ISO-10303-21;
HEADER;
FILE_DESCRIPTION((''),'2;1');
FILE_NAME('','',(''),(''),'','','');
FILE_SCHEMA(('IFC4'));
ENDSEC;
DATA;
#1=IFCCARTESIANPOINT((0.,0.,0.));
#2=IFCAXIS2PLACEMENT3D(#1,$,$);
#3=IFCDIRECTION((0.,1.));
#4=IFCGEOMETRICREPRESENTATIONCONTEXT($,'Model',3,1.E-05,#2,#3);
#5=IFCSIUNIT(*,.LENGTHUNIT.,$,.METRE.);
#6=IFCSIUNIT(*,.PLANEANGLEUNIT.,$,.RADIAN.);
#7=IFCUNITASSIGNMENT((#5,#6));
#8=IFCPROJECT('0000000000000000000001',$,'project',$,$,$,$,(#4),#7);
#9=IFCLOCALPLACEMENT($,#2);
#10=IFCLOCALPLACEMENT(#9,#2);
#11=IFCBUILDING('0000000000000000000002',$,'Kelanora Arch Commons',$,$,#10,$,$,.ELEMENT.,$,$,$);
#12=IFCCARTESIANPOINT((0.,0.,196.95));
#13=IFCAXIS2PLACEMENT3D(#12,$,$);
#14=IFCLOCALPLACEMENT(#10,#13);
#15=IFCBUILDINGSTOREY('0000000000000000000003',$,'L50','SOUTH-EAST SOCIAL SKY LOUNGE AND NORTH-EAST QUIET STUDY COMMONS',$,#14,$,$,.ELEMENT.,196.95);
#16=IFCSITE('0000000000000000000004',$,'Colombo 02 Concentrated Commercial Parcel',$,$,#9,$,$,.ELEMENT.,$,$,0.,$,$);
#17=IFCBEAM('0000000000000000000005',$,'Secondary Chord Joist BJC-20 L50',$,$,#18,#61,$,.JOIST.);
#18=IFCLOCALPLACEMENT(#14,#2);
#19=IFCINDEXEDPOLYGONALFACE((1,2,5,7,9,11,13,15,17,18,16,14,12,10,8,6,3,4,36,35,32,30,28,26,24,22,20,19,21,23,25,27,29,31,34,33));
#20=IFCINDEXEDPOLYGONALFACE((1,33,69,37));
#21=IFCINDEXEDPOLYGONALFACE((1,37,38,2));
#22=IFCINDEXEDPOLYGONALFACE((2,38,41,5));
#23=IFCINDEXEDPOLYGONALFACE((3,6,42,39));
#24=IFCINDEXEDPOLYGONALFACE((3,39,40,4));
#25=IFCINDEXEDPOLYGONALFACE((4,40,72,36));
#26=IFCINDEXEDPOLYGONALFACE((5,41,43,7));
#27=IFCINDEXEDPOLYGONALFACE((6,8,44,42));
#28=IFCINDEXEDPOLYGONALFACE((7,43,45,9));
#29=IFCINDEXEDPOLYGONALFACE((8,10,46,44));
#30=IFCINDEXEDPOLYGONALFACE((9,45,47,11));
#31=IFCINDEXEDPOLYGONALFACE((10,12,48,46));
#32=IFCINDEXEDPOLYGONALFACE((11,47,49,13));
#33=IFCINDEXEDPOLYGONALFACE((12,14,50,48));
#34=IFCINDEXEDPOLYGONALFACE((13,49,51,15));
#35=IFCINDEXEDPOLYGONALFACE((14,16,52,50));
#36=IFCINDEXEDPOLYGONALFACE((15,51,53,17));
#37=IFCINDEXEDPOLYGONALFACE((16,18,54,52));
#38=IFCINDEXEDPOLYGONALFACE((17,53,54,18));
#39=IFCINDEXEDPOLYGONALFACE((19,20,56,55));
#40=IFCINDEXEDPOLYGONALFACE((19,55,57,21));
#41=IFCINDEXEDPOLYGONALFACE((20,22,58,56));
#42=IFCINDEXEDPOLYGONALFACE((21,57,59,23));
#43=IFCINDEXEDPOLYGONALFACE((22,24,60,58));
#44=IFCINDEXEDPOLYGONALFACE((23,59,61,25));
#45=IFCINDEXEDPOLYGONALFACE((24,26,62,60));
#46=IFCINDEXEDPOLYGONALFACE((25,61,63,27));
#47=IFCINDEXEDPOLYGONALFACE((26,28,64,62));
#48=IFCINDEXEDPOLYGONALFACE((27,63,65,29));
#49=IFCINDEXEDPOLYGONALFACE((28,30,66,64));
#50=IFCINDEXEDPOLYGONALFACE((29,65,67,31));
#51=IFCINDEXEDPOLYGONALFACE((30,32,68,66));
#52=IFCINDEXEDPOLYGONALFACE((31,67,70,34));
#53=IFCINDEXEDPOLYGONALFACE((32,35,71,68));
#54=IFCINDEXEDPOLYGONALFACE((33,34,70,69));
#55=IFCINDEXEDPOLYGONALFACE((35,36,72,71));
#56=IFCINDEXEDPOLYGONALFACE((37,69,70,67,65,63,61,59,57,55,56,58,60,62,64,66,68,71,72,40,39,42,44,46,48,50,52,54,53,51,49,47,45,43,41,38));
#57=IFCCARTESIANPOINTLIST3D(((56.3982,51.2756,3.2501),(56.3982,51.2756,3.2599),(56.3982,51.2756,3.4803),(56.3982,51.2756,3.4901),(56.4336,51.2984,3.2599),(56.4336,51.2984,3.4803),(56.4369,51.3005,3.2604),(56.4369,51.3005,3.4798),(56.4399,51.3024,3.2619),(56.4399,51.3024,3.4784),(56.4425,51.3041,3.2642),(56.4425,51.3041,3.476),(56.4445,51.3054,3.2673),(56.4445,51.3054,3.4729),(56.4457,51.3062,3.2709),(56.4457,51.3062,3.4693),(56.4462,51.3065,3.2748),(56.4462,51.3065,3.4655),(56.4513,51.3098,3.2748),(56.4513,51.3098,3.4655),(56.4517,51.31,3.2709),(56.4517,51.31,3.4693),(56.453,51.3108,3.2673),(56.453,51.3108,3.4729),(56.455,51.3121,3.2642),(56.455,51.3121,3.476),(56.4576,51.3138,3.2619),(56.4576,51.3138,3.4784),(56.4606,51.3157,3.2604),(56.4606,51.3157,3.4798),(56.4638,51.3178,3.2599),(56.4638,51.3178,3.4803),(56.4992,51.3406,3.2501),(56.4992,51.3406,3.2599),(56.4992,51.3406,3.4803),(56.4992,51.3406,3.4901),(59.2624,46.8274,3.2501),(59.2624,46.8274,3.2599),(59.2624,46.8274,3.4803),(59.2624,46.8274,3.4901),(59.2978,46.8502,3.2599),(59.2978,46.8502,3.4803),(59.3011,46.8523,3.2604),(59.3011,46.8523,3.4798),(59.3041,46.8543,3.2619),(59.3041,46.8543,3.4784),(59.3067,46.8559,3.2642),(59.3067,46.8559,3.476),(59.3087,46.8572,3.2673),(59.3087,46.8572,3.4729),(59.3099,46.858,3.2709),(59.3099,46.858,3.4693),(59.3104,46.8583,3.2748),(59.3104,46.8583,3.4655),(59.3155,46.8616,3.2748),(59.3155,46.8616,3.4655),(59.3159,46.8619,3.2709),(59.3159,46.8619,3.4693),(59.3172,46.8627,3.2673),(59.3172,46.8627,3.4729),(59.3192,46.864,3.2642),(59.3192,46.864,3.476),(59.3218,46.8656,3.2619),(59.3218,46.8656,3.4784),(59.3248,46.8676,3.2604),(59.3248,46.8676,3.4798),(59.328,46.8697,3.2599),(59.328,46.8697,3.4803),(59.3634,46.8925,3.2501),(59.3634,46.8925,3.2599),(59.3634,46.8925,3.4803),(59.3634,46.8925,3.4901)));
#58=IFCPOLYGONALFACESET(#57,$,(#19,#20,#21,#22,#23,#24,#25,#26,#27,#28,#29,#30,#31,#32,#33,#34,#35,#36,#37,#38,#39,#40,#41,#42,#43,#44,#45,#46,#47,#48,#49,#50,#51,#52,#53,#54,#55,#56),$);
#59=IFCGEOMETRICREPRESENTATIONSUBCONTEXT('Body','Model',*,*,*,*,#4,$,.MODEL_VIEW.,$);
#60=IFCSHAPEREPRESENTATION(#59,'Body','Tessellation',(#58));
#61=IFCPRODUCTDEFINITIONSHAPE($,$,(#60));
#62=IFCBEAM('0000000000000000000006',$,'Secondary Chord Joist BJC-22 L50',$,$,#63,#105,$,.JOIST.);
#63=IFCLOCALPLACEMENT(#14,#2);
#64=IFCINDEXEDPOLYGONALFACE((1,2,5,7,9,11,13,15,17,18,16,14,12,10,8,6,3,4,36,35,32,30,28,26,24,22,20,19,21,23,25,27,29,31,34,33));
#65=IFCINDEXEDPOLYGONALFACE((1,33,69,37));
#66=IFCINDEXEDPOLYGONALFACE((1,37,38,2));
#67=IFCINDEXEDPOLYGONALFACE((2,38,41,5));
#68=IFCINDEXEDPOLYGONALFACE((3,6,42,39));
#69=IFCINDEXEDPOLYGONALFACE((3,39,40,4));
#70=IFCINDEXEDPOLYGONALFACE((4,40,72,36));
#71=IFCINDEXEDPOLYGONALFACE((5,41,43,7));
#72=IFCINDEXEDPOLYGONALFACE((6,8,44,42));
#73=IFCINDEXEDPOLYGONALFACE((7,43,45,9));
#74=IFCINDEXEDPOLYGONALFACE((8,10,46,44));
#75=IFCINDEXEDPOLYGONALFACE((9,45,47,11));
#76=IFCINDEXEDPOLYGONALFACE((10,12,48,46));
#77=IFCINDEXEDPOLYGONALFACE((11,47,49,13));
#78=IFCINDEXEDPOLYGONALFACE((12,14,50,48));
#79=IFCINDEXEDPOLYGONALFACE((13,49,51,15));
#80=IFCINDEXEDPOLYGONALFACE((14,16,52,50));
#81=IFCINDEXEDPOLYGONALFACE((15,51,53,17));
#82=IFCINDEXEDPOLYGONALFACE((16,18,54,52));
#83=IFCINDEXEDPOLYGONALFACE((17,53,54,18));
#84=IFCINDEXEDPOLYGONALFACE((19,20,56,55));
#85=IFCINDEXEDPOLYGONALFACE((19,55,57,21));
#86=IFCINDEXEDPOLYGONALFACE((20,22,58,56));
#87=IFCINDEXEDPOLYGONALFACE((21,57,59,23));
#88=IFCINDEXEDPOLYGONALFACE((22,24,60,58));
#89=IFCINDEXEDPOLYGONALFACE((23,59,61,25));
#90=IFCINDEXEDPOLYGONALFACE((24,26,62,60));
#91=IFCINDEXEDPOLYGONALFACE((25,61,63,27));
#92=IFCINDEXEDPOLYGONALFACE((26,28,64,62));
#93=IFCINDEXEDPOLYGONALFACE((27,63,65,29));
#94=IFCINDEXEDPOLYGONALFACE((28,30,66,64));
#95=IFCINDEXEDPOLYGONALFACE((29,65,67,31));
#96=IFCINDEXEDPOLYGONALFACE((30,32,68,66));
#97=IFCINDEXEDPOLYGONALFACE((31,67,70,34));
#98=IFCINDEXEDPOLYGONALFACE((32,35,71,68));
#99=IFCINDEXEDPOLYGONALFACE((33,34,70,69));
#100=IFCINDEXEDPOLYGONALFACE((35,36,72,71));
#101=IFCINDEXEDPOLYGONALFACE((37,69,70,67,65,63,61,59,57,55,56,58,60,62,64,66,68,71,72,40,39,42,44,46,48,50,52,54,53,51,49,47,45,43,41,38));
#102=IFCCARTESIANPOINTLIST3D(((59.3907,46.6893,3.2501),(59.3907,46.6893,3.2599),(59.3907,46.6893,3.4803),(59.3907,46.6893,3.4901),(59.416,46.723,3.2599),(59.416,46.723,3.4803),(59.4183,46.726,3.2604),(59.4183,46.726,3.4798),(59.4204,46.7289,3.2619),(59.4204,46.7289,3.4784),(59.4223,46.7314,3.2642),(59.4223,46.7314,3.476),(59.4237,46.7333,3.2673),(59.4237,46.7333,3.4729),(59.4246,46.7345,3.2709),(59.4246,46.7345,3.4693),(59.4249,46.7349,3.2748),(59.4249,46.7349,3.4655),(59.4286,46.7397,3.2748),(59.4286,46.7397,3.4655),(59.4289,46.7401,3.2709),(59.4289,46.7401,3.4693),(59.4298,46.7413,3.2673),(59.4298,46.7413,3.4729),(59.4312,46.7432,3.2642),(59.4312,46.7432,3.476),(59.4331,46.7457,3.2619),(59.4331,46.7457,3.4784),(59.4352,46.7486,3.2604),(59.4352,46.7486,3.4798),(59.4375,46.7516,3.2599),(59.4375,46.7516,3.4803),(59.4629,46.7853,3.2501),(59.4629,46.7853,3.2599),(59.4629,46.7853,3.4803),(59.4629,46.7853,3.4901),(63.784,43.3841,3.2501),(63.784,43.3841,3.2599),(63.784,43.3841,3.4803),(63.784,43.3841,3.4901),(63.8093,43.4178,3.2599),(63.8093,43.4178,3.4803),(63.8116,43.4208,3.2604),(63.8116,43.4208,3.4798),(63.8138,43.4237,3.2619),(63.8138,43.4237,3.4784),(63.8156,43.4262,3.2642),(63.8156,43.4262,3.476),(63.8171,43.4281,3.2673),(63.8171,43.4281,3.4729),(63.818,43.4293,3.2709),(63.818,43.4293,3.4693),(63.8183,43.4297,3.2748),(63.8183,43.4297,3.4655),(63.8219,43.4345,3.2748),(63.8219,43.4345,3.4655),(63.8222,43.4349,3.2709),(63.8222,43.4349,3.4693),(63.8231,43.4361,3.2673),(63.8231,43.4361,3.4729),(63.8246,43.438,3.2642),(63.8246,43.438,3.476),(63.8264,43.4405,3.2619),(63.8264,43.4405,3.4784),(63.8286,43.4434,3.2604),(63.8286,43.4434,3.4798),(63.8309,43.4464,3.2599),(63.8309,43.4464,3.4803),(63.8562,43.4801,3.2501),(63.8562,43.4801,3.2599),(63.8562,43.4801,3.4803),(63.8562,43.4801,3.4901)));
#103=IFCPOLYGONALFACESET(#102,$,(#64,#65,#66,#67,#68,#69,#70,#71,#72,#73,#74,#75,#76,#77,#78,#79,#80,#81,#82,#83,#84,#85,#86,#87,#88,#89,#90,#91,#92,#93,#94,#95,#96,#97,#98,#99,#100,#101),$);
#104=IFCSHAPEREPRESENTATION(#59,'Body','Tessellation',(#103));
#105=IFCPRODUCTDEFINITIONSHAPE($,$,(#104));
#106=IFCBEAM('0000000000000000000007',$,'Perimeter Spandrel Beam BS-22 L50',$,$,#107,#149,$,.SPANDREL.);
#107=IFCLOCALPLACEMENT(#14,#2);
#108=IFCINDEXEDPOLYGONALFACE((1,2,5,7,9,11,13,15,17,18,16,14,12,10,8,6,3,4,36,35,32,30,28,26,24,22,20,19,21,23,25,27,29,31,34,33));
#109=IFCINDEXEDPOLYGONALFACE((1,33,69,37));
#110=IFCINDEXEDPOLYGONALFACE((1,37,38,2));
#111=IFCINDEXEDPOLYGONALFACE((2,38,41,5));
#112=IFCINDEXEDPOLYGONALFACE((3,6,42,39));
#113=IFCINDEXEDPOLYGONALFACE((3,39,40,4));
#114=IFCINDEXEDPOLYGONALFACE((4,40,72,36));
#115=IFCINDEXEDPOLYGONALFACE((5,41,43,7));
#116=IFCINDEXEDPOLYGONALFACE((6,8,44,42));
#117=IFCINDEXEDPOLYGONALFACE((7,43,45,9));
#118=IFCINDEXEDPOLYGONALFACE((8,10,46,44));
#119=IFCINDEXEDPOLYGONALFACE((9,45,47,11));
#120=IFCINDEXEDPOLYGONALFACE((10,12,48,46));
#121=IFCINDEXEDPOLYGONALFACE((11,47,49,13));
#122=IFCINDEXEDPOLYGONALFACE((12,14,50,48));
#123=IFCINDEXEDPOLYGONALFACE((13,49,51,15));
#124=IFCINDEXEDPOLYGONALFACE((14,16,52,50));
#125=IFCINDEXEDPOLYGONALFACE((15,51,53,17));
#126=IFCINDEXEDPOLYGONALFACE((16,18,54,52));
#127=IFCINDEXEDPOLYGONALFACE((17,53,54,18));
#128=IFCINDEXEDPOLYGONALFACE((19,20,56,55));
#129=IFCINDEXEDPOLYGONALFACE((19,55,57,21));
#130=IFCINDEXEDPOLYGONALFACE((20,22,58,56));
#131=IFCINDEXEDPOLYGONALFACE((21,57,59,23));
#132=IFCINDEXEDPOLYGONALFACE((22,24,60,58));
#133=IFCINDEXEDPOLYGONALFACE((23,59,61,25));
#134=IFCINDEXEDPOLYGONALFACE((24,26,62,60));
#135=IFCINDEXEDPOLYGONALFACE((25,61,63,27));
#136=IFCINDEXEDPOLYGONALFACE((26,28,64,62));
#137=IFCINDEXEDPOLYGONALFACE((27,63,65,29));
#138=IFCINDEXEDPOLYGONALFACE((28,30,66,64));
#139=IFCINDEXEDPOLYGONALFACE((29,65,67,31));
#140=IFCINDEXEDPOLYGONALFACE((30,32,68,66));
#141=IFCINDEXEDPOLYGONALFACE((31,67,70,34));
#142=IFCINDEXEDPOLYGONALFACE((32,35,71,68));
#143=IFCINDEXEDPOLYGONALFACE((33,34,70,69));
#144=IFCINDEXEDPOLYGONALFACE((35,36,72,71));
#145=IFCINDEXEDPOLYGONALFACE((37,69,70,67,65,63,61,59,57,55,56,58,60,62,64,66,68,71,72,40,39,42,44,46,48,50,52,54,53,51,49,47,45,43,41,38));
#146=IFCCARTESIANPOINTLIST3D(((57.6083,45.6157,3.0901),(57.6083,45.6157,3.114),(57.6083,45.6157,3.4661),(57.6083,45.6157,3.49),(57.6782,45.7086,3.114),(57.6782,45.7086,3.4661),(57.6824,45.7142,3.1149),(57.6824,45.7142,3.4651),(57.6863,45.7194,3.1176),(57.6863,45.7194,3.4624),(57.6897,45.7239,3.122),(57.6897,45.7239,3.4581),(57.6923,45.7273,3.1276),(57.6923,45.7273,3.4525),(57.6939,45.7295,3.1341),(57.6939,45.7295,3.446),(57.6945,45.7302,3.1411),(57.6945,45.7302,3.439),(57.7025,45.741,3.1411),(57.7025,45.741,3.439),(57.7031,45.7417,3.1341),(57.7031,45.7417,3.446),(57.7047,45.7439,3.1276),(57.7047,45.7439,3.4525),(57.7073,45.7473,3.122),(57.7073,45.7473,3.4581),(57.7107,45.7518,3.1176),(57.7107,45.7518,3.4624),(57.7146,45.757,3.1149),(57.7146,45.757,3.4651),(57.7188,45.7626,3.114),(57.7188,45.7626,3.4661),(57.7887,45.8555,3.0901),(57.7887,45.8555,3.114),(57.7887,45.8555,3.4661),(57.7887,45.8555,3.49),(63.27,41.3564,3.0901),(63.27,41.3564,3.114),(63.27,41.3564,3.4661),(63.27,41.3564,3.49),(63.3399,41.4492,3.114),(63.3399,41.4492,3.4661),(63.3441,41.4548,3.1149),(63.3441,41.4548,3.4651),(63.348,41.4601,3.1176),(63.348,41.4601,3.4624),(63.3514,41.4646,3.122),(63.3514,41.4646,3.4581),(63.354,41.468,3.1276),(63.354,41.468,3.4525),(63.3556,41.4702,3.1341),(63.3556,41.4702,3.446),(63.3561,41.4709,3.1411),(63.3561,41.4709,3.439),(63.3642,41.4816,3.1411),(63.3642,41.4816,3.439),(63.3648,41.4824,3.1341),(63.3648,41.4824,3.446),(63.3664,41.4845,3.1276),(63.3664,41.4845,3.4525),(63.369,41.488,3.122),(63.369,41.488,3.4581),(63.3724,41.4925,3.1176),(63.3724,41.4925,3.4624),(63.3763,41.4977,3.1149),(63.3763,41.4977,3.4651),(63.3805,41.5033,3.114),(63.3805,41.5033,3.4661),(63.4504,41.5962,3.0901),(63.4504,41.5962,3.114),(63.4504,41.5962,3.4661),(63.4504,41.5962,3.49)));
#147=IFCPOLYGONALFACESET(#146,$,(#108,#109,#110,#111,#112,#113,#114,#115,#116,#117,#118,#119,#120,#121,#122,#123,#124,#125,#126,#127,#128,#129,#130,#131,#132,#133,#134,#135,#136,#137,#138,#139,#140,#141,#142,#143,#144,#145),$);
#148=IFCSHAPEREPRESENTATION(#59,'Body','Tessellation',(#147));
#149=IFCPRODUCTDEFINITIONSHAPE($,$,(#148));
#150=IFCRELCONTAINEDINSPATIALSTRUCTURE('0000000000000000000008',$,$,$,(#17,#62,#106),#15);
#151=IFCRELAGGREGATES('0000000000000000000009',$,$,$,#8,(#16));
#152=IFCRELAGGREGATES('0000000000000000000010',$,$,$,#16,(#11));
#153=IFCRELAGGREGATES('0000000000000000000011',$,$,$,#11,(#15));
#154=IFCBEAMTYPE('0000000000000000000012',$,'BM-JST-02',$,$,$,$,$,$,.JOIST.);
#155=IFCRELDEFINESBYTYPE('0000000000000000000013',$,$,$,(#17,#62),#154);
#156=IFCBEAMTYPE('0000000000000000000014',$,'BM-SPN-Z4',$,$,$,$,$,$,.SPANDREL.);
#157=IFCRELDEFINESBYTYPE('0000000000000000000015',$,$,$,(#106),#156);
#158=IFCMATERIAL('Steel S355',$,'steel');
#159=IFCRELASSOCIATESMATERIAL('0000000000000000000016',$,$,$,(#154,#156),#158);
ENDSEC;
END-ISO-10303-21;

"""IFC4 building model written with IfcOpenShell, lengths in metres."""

from ifc_helpers import new_model, si_unit, direction, frame, origin, origin_2d, place, context, subcontext, project, spatial, i_section, extrude, material, material_profile, profile_set, type_object, element, save


model = new_model("IFC4")

# Units and contexts
model_context = context("Model", 3, precision=1e-05, world=origin(), true_north=direction((0.0, 1.0)))
body_context = subcontext(model_context, "Body", "Model", "MODEL_VIEW")
ifc_project = project(units=[si_unit("LENGTHUNIT", "METRE"), si_unit("PLANEANGLEUNIT", "RADIAN")], contexts=[model_context])

# Site, building, storey
site_placement = place(None, origin())
site = spatial("IfcSite", under=ifc_project, at=site_placement, Name="Colombo 02 Concentrated Commercial Parcel", CompositionType="ELEMENT", RefElevation=0.0)
building_placement = place(site_placement, origin())
building = spatial("IfcBuilding", under=site, at=building_placement, Name="Kelanora Arch Commons", CompositionType="ELEMENT")
storey_placement = place(building_placement, frame((0.0, 0.0, 196.95)))
storey = spatial("IfcBuildingStorey", under=building, at=storey_placement, Name="L50", Description="SOUTH-EAST SOCIAL SKY LOUNGE AND NORTH-EAST QUIET STUDY COMMONS", CompositionType="ELEMENT", Elevation=196.95)

# Beams
ifc_material_1 = material(Name="Steel S355", Category="steel")
ifc_material_profile_1 = material_profile(ifc_material_1, i_section(OverallWidth=0.1201, OverallDepth=0.24, WebThickness=0.0061, FlangeThickness=0.0098, FilletRadius=0.0149, at=origin_2d()), Name="IPE240")
ifc_profile_set_1 = profile_set([ifc_material_profile_1], Name="Steel S355")
beam_type_1 = type_object("IfcBeamType", Name="BM-JST-02", PredefinedType="JOIST", material=ifc_profile_set_1)
beam_1_placement = place(storey_placement, frame((56.4487, 51.3081, 3.3701), z_axis=(0.541382, -0.840776, 0.0), x_axis=(0.840776, 0.541382, 0.0)))
element("IfcBeam", 1, at=beam_1_placement, inside=storey, type_object=beam_type_1, Name="Secondary Chord Joist BJC-20 L50", PredefinedType="JOIST", context=body_context, shape_type="SweptSolid", body=[
    extrude(i_section(OverallWidth=0.1201, OverallDepth=0.24, WebThickness=0.0061, FlangeThickness=0.0098, FilletRadius=0.0149, at=origin_2d()), origin(), (0.0, 0.0, 1.0), 5.2905),
])
beam_2_placement = place(storey_placement, frame((59.4268, 46.7373, 3.3701), z_axis=(0.799109, -0.601186, 0.0), x_axis=(0.601186, 0.799109, 0.0)))
element("IfcBeam", 2, at=beam_2_placement, inside=storey, type_object=beam_type_1, Name="Secondary Chord Joist BJC-22 L50", PredefinedType="JOIST", context=body_context, shape_type="SweptSolid", body=[
    extrude(i_section(OverallWidth=0.1201, OverallDepth=0.24, WebThickness=0.0061, FlangeThickness=0.0098, FilletRadius=0.0149, at=origin_2d()), origin(), (0.0, 0.0, 1.0), 5.4978),
])
ifc_material_profile_2 = material_profile(ifc_material_1, i_section(OverallWidth=0.3, OverallDepth=0.3999, WebThickness=0.0134, FlangeThickness=0.0239, FilletRadius=0.0271, at=origin_2d()), Name="HEB400")
ifc_profile_set_2 = profile_set([ifc_material_profile_2], Name="Steel S355")
beam_type_2 = type_object("IfcBeamType", Name="BM-SPN-Z4", PredefinedType="SPANDREL", material=ifc_profile_set_2)
beam_3_placement = place(storey_placement, frame((57.6985, 45.7356, 3.29), z_axis=(0.799114, -0.601179, 0.0), x_axis=(0.601179, 0.799114, 0.0)))
element("IfcBeam", 3, at=beam_3_placement, inside=storey, type_object=beam_type_2, Name="Perimeter Spandrel Beam BS-22 L50", PredefinedType="SPANDREL", context=body_context, shape_type="SweptSolid", body=[
    extrude(i_section(OverallWidth=0.3, OverallDepth=0.3999, WebThickness=0.0134, FlangeThickness=0.0239, FilletRadius=0.0271, at=origin_2d()), origin(), (0.0, 0.0, 1.0), 7.085),
])

save(model, "model.ifc")
